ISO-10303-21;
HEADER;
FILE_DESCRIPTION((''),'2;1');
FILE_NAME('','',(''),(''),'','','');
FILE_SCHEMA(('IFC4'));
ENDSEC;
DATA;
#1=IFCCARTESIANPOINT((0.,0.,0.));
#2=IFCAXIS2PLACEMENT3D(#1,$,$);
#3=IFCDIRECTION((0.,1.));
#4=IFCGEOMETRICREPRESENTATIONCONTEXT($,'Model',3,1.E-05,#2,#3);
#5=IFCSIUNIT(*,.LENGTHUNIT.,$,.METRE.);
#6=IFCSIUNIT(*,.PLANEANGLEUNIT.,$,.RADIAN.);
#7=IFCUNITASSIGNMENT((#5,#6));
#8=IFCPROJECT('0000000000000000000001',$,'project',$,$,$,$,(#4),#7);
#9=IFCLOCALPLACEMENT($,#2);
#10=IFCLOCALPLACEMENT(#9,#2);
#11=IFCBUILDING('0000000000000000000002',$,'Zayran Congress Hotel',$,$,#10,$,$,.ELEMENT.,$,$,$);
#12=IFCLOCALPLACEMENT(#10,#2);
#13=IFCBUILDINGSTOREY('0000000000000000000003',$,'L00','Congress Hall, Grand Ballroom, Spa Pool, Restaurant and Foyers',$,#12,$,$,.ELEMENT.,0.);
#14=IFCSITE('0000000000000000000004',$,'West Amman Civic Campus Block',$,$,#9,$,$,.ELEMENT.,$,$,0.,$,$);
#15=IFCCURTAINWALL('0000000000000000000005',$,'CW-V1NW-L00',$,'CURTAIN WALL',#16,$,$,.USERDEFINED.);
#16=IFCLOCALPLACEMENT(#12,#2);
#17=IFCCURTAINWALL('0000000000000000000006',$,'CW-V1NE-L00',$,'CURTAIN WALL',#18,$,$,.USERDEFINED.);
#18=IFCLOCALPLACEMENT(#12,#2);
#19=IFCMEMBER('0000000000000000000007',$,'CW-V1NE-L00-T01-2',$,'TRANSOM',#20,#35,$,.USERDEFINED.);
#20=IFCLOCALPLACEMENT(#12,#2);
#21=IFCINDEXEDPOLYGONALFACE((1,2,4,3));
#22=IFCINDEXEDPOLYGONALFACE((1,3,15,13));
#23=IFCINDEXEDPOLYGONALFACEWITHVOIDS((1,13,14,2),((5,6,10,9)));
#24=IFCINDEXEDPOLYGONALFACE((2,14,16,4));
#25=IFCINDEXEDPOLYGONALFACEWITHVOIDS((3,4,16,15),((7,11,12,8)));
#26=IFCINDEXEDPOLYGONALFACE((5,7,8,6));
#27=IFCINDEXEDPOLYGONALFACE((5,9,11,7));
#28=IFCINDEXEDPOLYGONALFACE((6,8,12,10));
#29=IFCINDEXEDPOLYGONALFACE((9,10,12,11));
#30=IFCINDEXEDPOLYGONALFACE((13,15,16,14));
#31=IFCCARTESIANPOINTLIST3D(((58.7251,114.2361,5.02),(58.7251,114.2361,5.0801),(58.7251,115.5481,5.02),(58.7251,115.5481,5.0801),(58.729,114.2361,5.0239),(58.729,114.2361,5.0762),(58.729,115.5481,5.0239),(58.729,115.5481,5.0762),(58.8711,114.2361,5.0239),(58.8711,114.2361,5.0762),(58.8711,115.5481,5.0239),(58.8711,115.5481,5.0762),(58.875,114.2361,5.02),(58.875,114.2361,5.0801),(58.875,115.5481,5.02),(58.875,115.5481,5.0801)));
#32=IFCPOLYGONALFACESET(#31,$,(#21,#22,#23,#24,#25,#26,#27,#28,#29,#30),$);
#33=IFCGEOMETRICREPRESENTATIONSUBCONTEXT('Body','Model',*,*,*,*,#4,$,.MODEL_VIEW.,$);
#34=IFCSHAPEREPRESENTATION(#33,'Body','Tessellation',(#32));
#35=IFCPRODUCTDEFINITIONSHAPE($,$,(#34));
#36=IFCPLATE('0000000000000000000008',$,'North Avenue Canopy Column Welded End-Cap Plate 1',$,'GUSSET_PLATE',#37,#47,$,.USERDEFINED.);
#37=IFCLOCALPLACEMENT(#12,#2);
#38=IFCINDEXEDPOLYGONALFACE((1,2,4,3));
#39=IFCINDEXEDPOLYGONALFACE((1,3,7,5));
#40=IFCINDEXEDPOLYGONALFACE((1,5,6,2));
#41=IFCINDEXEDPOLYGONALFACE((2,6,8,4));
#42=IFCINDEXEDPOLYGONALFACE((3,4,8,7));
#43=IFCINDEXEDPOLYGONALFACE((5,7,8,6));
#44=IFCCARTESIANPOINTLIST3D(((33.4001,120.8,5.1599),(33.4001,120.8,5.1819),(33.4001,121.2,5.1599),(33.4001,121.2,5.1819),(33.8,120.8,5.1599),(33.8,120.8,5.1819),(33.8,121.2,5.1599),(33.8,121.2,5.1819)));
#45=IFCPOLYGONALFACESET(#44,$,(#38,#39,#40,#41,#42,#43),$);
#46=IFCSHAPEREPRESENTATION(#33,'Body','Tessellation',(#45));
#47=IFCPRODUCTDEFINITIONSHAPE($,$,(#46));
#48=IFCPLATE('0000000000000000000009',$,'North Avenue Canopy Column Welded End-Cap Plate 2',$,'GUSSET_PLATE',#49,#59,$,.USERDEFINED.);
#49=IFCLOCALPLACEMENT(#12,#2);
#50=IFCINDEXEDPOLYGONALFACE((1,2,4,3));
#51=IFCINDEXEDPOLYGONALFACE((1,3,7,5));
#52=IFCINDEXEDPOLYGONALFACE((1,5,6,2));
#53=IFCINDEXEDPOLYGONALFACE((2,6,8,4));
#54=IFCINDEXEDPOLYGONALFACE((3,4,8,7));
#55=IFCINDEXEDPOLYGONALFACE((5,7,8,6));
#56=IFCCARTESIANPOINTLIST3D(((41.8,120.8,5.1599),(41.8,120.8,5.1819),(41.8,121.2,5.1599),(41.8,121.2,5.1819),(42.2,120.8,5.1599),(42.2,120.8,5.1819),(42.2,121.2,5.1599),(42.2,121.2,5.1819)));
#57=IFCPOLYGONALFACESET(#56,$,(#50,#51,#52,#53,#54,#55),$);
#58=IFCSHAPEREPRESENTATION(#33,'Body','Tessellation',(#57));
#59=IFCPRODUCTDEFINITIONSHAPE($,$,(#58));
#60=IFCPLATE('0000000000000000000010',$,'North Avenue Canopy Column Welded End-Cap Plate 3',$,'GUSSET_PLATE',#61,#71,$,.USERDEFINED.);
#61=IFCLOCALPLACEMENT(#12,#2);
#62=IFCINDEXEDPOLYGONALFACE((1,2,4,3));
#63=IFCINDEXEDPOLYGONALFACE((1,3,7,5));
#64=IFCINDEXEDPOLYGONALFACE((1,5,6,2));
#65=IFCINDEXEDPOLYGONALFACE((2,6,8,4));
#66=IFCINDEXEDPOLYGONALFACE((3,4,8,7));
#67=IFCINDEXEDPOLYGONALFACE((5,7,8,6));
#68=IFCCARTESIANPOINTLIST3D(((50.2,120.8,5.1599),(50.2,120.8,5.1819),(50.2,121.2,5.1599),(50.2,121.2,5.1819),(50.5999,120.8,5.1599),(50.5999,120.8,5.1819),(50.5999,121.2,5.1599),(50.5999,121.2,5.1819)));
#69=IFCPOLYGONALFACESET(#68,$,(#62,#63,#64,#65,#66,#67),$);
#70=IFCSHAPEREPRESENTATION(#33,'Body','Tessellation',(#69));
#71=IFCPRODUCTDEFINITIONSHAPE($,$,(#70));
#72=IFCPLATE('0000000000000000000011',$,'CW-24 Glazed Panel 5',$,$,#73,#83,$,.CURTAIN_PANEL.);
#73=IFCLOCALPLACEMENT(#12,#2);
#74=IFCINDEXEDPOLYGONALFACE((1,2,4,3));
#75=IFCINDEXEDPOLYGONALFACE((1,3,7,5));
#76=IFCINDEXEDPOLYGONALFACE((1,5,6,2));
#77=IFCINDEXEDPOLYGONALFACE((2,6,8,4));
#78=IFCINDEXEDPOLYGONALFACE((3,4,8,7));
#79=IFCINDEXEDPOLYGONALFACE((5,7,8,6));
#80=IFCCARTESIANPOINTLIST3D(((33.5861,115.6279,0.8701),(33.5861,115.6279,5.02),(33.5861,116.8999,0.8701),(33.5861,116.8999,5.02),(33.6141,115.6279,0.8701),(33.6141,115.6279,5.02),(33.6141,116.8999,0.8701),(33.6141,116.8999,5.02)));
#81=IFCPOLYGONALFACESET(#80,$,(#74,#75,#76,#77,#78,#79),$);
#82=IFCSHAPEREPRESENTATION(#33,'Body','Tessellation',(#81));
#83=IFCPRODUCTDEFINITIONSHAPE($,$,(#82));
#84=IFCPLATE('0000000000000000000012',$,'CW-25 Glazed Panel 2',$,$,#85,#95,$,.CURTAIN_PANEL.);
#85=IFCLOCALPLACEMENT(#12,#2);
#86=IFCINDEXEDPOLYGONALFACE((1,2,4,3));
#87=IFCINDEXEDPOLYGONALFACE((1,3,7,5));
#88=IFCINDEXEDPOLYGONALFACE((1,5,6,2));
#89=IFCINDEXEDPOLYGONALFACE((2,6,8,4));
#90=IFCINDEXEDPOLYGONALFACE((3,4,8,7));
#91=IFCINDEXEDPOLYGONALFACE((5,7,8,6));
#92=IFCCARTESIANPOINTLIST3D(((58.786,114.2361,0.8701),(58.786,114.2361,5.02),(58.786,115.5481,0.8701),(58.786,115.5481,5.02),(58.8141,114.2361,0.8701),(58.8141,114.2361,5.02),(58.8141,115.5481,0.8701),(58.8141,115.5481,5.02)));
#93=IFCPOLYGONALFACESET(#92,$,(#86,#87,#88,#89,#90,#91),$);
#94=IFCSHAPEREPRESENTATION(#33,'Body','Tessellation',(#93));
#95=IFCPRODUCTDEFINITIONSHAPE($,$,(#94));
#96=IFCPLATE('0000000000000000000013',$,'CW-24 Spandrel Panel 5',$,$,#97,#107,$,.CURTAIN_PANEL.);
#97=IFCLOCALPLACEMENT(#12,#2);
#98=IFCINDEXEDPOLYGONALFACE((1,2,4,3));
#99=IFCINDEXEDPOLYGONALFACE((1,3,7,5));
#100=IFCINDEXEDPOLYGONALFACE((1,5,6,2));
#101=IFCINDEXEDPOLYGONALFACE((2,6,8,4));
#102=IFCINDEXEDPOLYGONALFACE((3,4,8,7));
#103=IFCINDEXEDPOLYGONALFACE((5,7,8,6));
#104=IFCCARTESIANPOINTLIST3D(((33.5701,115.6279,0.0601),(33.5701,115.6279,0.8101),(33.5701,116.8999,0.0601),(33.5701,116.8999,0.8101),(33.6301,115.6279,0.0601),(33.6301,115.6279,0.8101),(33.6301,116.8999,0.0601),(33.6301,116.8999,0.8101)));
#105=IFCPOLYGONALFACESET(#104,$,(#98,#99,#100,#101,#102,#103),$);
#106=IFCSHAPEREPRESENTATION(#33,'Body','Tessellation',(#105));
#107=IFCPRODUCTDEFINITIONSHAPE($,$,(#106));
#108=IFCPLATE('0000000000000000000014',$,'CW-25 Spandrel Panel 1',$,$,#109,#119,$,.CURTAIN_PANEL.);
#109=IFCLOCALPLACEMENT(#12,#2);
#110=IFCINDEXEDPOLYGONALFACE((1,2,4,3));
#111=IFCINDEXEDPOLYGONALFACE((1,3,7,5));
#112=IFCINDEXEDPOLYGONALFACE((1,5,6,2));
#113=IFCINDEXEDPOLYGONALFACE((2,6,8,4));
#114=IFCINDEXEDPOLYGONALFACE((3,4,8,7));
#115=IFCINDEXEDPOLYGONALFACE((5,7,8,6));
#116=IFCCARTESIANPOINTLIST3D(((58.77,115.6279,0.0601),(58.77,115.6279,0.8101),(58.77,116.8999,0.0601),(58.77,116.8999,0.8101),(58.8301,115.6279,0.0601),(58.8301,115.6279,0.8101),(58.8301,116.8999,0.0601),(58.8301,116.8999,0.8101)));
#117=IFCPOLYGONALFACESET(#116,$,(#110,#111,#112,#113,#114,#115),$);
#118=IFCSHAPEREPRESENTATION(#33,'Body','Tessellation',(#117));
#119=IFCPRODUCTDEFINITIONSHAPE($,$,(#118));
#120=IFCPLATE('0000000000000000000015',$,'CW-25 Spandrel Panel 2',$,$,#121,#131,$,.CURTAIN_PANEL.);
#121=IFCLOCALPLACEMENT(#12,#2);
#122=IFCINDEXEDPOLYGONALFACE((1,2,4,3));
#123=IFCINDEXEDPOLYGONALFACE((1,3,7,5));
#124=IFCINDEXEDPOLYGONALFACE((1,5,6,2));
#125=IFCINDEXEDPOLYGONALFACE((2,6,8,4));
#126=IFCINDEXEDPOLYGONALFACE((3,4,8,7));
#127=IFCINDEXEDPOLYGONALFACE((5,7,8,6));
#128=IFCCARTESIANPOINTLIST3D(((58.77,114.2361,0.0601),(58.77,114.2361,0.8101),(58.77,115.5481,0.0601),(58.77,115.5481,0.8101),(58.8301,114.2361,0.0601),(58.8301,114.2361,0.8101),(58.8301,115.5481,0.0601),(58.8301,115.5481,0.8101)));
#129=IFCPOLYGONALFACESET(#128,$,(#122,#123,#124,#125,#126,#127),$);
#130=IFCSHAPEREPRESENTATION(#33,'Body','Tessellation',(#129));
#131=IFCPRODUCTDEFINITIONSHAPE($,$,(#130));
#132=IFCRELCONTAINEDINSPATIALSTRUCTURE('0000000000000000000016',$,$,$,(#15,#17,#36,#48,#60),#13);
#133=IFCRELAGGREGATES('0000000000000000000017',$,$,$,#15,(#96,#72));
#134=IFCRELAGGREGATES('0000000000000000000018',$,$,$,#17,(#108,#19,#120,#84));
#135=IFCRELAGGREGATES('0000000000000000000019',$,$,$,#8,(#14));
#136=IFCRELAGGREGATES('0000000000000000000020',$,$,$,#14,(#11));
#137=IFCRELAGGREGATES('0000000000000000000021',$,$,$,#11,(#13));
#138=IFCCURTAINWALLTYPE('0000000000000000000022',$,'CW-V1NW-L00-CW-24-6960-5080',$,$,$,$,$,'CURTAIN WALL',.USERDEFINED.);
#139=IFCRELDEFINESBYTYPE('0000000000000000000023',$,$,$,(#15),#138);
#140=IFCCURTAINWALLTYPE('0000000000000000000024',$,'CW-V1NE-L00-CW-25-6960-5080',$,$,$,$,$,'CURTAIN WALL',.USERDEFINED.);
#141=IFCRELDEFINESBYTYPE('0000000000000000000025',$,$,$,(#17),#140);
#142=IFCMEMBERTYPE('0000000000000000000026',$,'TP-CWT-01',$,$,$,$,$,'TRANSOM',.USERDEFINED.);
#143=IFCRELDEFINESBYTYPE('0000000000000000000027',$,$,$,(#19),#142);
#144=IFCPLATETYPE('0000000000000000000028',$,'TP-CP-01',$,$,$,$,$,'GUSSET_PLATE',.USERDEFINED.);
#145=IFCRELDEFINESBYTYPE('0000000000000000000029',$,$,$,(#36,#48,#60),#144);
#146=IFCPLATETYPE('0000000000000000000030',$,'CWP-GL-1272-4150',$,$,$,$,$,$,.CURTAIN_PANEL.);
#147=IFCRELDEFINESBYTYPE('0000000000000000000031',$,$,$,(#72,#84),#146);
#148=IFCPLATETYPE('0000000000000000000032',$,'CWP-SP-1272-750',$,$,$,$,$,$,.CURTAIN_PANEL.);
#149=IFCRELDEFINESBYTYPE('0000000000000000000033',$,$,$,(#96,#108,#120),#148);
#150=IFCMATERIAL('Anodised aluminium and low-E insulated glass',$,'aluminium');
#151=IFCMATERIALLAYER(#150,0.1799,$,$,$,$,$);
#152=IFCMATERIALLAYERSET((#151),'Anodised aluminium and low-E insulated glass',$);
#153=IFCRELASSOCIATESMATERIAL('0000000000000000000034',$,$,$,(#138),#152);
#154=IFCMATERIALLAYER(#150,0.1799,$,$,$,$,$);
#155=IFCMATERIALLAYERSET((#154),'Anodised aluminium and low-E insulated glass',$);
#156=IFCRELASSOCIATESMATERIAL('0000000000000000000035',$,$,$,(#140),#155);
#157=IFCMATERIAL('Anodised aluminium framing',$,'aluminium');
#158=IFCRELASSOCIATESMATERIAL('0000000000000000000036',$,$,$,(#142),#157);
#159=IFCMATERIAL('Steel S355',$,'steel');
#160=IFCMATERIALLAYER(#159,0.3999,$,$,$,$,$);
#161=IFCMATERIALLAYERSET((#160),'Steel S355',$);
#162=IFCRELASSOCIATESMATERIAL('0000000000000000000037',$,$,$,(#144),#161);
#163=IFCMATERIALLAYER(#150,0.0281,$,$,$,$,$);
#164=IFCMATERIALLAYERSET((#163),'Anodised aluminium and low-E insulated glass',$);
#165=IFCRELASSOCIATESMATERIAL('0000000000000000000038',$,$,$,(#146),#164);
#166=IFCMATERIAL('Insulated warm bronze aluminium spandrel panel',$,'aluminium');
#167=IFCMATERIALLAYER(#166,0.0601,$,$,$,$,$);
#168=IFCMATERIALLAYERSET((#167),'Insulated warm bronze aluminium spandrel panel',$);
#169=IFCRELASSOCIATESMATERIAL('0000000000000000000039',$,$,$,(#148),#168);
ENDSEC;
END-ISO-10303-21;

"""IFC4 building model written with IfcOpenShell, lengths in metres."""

from ifc_helpers import new_model, si_unit, direction, frame, origin, origin_2d, place, context, subcontext, project, spatial, rectangle, hollow_rectangle, extrude, material, layer, layer_set, material_profile, profile_set, type_object, element, aggregate, save


model = new_model("IFC4")

# Units and contexts
model_context = context("Model", 3, precision=1e-05, world=origin(), true_north=direction((0.0, 1.0)))
body_context = subcontext(model_context, "Body", "Model", "MODEL_VIEW")
ifc_project = project(units=[si_unit("LENGTHUNIT", "METRE"), si_unit("PLANEANGLEUNIT", "RADIAN")], contexts=[model_context])

# Site, building, storey
site_placement = place(None, origin())
site = spatial("IfcSite", under=ifc_project, at=site_placement, Name="West Amman Civic Campus Block", CompositionType="ELEMENT", RefElevation=0.0)
building_placement = place(site_placement, origin())
building = spatial("IfcBuilding", under=site, at=building_placement, Name="Zayran Congress Hotel", CompositionType="ELEMENT")
storey_placement = place(building_placement, origin())
storey = spatial("IfcBuildingStorey", under=building, at=storey_placement, Name="L00", Description="Congress Hall, Grand Ballroom, Spa Pool, Restaurant and Foyers", CompositionType="ELEMENT", Elevation=0.0)

# Shared definitions
ifc_material_1 = material(Name="Steel S355", Category="steel")

# Curtain walls
ifc_material_2 = material(Name="Anodised aluminium and low-E insulated glass", Category="aluminium")
ifc_layer_1 = layer(ifc_material_2, 0.1799)
ifc_layer_set_1 = layer_set([ifc_layer_1], Name="Anodised aluminium and low-E insulated glass")
curtain_wall_type_1 = type_object("IfcCurtainWallType", Name="CW-V1NW-L00-CW-24-6960-5080", ElementType="CURTAIN WALL", PredefinedType="USERDEFINED", material=ifc_layer_set_1)
curtain_wall_1_placement = place(storey_placement, origin())
curtain_wall_1 = element("IfcCurtainWall", 1, at=curtain_wall_1_placement, inside=storey, type_object=curtain_wall_type_1, Name="CW-V1NW-L00", ObjectType="CURTAIN WALL", PredefinedType="USERDEFINED")
ifc_material_3 = material(Name="Anodised aluminium framing", Category="aluminium")
ifc_layer_2 = layer(ifc_material_2, 0.1799)
ifc_layer_set_2 = layer_set([ifc_layer_2], Name="Anodised aluminium and low-E insulated glass")
curtain_wall_type_2 = type_object("IfcCurtainWallType", Name="CW-V1NE-L00-CW-25-6960-5080", ElementType="CURTAIN WALL", PredefinedType="USERDEFINED", material=ifc_layer_set_2)
curtain_wall_2_placement = place(storey_placement, origin())
curtain_wall_2 = element("IfcCurtainWall", 2, at=curtain_wall_2_placement, inside=storey, type_object=curtain_wall_type_2, Name="CW-V1NE-L00", ObjectType="CURTAIN WALL", PredefinedType="USERDEFINED")

# Member
ifc_material_profile_1 = material_profile(ifc_material_3, hollow_rectangle(XDim=0.0601, YDim=0.1499, WallThickness=0.0039, at=origin_2d()), Name="RHS 150x60x4")
ifc_profile_set_1 = profile_set([ifc_material_profile_1], Name="Anodised aluminium framing")
member_type_1 = type_object("IfcMemberType", Name="TP-CWT-01", ElementType="TRANSOM", PredefinedType="USERDEFINED", material=ifc_profile_set_1)
member_1_placement = place(storey_placement, frame((58.8, 115.5481, 5.05), z_axis=(0.0, -1.0, 0.0), x_axis=(0.0, 0.0, 1.0)))
member_1 = element("IfcMember", 3, at=member_1_placement, type_object=member_type_1, Name="CW-V1NE-L00-T01-2", ObjectType="TRANSOM", PredefinedType="USERDEFINED", context=body_context, shape_type="SweptSolid", body=[
    extrude(hollow_rectangle(XDim=0.0601, YDim=0.1499, WallThickness=0.0039, at=origin_2d()), origin(), (0.0, 0.0, 1.0), 1.312),
])

# Plates
ifc_layer_3 = layer(ifc_material_1, 0.3999)
ifc_layer_set_3 = layer_set([ifc_layer_3], Name="Steel S355")
plate_type_1 = type_object("IfcPlateType", Name="TP-CP-01", ElementType="GUSSET_PLATE", PredefinedType="USERDEFINED", material=ifc_layer_set_3)
for number, where, z_axis, x_axis, name in (
    (4, (33.6001, 121.0, 5.1599), (0.0, 0.0, 1.0), (1.0, 0.0, 0.0), "North Avenue Canopy Column Welded End-Cap Plate 1"),
    (5, (42.0, 121.0, 5.1599), (0.0, 0.0, 1.0), (1.0, 0.0, 0.0), "North Avenue Canopy Column Welded End-Cap Plate 2"),
    (6, (50.3999, 121.0, 5.1599), (0.0, 0.0, 1.0), (1.0, 0.0, 0.0), "North Avenue Canopy Column Welded End-Cap Plate 3"),
):
    element("IfcPlate", number, at=place(storey_placement, frame(where, z_axis=z_axis, x_axis=x_axis)), inside=storey, type_object=plate_type_1, Name=name, ObjectType="GUSSET_PLATE", PredefinedType="USERDEFINED", context=body_context, shape_type="SweptSolid", body=[
        extrude(rectangle(XDim=0.3999, YDim=0.3999, at=origin_2d()), origin(), (0.0, 0.0, 1.0), 0.022),
    ])

# Plates
ifc_layer_4 = layer(ifc_material_2, 0.0281)
ifc_layer_set_4 = layer_set([ifc_layer_4], Name="Anodised aluminium and low-E insulated glass")
plate_type_2 = type_object("IfcPlateType", Name="CWP-GL-1272-4150", PredefinedType="CURTAIN_PANEL", material=ifc_layer_set_4)
plate_1_placement = place(storey_placement, frame((33.6001, 116.2639, 0.8701), z_axis=(0.0, 0.0, 1.0), x_axis=(0.0, 1.0, 0.0)))
plate_1 = element("IfcPlate", 7, at=plate_1_placement, type_object=plate_type_2, Name="CW-24 Glazed Panel 5", PredefinedType="CURTAIN_PANEL", context=body_context, shape_type="SweptSolid", body=[
    extrude(rectangle(XDim=1.272, YDim=0.0281, at=origin_2d()), origin(), (0.0, 0.0, 1.0), 4.1499),
])
plate_2_placement = place(storey_placement, frame((58.8, 114.8921, 0.8701), z_axis=(0.0, 0.0, 1.0), x_axis=(0.0, 1.0, 0.0)))
plate_2 = element("IfcPlate", 8, at=plate_2_placement, type_object=plate_type_2, Name="CW-25 Glazed Panel 2", PredefinedType="CURTAIN_PANEL", context=body_context, shape_type="SweptSolid", body=[
    extrude(rectangle(XDim=1.312, YDim=0.0281, at=origin_2d()), origin(), (0.0, 0.0, 1.0), 4.1499),
])
ifc_material_4 = material(Name="Insulated warm bronze aluminium spandrel panel", Category="aluminium")
ifc_layer_5 = layer(ifc_material_4, 0.0601)
ifc_layer_set_5 = layer_set([ifc_layer_5], Name="Insulated warm bronze aluminium spandrel panel")
plate_type_3 = type_object("IfcPlateType", Name="CWP-SP-1272-750", PredefinedType="CURTAIN_PANEL", material=ifc_layer_set_5)
plate_3_placement = place(storey_placement, frame((33.6001, 116.2639, 0.0601), z_axis=(0.0, 0.0, 1.0), x_axis=(0.0, 1.0, 0.0)))
plate_3 = element("IfcPlate", 9, at=plate_3_placement, type_object=plate_type_3, Name="CW-24 Spandrel Panel 5", PredefinedType="CURTAIN_PANEL", context=body_context, shape_type="SweptSolid", body=[
    extrude(rectangle(XDim=1.272, YDim=0.0601, at=origin_2d()), origin(), (0.0, 0.0, 1.0), 0.75),
])
aggregate(curtain_wall_1, [plate_3, plate_1])
plate_4_placement = place(storey_placement, frame((58.8, 116.2639, 0.0601), z_axis=(0.0, 0.0, 1.0), x_axis=(0.0, 1.0, 0.0)))
plate_4 = element("IfcPlate", 10, at=plate_4_placement, type_object=plate_type_3, Name="CW-25 Spandrel Panel 1", PredefinedType="CURTAIN_PANEL", context=body_context, shape_type="SweptSolid", body=[
    extrude(rectangle(XDim=1.272, YDim=0.0601, at=origin_2d()), origin(), (0.0, 0.0, 1.0), 0.75),
])
plate_5_placement = place(storey_placement, frame((58.8, 114.8921, 0.0601), z_axis=(0.0, 0.0, 1.0), x_axis=(0.0, 1.0, 0.0)))
plate_5 = element("IfcPlate", 11, at=plate_5_placement, type_object=plate_type_3, Name="CW-25 Spandrel Panel 2", PredefinedType="CURTAIN_PANEL", context=body_context, shape_type="SweptSolid", body=[
    extrude(rectangle(XDim=1.312, YDim=0.0601, at=origin_2d()), origin(), (0.0, 0.0, 1.0), 0.75),
])
aggregate(curtain_wall_2, [plate_4, member_1, plate_5, plate_2])

save(model, "model.ifc")
